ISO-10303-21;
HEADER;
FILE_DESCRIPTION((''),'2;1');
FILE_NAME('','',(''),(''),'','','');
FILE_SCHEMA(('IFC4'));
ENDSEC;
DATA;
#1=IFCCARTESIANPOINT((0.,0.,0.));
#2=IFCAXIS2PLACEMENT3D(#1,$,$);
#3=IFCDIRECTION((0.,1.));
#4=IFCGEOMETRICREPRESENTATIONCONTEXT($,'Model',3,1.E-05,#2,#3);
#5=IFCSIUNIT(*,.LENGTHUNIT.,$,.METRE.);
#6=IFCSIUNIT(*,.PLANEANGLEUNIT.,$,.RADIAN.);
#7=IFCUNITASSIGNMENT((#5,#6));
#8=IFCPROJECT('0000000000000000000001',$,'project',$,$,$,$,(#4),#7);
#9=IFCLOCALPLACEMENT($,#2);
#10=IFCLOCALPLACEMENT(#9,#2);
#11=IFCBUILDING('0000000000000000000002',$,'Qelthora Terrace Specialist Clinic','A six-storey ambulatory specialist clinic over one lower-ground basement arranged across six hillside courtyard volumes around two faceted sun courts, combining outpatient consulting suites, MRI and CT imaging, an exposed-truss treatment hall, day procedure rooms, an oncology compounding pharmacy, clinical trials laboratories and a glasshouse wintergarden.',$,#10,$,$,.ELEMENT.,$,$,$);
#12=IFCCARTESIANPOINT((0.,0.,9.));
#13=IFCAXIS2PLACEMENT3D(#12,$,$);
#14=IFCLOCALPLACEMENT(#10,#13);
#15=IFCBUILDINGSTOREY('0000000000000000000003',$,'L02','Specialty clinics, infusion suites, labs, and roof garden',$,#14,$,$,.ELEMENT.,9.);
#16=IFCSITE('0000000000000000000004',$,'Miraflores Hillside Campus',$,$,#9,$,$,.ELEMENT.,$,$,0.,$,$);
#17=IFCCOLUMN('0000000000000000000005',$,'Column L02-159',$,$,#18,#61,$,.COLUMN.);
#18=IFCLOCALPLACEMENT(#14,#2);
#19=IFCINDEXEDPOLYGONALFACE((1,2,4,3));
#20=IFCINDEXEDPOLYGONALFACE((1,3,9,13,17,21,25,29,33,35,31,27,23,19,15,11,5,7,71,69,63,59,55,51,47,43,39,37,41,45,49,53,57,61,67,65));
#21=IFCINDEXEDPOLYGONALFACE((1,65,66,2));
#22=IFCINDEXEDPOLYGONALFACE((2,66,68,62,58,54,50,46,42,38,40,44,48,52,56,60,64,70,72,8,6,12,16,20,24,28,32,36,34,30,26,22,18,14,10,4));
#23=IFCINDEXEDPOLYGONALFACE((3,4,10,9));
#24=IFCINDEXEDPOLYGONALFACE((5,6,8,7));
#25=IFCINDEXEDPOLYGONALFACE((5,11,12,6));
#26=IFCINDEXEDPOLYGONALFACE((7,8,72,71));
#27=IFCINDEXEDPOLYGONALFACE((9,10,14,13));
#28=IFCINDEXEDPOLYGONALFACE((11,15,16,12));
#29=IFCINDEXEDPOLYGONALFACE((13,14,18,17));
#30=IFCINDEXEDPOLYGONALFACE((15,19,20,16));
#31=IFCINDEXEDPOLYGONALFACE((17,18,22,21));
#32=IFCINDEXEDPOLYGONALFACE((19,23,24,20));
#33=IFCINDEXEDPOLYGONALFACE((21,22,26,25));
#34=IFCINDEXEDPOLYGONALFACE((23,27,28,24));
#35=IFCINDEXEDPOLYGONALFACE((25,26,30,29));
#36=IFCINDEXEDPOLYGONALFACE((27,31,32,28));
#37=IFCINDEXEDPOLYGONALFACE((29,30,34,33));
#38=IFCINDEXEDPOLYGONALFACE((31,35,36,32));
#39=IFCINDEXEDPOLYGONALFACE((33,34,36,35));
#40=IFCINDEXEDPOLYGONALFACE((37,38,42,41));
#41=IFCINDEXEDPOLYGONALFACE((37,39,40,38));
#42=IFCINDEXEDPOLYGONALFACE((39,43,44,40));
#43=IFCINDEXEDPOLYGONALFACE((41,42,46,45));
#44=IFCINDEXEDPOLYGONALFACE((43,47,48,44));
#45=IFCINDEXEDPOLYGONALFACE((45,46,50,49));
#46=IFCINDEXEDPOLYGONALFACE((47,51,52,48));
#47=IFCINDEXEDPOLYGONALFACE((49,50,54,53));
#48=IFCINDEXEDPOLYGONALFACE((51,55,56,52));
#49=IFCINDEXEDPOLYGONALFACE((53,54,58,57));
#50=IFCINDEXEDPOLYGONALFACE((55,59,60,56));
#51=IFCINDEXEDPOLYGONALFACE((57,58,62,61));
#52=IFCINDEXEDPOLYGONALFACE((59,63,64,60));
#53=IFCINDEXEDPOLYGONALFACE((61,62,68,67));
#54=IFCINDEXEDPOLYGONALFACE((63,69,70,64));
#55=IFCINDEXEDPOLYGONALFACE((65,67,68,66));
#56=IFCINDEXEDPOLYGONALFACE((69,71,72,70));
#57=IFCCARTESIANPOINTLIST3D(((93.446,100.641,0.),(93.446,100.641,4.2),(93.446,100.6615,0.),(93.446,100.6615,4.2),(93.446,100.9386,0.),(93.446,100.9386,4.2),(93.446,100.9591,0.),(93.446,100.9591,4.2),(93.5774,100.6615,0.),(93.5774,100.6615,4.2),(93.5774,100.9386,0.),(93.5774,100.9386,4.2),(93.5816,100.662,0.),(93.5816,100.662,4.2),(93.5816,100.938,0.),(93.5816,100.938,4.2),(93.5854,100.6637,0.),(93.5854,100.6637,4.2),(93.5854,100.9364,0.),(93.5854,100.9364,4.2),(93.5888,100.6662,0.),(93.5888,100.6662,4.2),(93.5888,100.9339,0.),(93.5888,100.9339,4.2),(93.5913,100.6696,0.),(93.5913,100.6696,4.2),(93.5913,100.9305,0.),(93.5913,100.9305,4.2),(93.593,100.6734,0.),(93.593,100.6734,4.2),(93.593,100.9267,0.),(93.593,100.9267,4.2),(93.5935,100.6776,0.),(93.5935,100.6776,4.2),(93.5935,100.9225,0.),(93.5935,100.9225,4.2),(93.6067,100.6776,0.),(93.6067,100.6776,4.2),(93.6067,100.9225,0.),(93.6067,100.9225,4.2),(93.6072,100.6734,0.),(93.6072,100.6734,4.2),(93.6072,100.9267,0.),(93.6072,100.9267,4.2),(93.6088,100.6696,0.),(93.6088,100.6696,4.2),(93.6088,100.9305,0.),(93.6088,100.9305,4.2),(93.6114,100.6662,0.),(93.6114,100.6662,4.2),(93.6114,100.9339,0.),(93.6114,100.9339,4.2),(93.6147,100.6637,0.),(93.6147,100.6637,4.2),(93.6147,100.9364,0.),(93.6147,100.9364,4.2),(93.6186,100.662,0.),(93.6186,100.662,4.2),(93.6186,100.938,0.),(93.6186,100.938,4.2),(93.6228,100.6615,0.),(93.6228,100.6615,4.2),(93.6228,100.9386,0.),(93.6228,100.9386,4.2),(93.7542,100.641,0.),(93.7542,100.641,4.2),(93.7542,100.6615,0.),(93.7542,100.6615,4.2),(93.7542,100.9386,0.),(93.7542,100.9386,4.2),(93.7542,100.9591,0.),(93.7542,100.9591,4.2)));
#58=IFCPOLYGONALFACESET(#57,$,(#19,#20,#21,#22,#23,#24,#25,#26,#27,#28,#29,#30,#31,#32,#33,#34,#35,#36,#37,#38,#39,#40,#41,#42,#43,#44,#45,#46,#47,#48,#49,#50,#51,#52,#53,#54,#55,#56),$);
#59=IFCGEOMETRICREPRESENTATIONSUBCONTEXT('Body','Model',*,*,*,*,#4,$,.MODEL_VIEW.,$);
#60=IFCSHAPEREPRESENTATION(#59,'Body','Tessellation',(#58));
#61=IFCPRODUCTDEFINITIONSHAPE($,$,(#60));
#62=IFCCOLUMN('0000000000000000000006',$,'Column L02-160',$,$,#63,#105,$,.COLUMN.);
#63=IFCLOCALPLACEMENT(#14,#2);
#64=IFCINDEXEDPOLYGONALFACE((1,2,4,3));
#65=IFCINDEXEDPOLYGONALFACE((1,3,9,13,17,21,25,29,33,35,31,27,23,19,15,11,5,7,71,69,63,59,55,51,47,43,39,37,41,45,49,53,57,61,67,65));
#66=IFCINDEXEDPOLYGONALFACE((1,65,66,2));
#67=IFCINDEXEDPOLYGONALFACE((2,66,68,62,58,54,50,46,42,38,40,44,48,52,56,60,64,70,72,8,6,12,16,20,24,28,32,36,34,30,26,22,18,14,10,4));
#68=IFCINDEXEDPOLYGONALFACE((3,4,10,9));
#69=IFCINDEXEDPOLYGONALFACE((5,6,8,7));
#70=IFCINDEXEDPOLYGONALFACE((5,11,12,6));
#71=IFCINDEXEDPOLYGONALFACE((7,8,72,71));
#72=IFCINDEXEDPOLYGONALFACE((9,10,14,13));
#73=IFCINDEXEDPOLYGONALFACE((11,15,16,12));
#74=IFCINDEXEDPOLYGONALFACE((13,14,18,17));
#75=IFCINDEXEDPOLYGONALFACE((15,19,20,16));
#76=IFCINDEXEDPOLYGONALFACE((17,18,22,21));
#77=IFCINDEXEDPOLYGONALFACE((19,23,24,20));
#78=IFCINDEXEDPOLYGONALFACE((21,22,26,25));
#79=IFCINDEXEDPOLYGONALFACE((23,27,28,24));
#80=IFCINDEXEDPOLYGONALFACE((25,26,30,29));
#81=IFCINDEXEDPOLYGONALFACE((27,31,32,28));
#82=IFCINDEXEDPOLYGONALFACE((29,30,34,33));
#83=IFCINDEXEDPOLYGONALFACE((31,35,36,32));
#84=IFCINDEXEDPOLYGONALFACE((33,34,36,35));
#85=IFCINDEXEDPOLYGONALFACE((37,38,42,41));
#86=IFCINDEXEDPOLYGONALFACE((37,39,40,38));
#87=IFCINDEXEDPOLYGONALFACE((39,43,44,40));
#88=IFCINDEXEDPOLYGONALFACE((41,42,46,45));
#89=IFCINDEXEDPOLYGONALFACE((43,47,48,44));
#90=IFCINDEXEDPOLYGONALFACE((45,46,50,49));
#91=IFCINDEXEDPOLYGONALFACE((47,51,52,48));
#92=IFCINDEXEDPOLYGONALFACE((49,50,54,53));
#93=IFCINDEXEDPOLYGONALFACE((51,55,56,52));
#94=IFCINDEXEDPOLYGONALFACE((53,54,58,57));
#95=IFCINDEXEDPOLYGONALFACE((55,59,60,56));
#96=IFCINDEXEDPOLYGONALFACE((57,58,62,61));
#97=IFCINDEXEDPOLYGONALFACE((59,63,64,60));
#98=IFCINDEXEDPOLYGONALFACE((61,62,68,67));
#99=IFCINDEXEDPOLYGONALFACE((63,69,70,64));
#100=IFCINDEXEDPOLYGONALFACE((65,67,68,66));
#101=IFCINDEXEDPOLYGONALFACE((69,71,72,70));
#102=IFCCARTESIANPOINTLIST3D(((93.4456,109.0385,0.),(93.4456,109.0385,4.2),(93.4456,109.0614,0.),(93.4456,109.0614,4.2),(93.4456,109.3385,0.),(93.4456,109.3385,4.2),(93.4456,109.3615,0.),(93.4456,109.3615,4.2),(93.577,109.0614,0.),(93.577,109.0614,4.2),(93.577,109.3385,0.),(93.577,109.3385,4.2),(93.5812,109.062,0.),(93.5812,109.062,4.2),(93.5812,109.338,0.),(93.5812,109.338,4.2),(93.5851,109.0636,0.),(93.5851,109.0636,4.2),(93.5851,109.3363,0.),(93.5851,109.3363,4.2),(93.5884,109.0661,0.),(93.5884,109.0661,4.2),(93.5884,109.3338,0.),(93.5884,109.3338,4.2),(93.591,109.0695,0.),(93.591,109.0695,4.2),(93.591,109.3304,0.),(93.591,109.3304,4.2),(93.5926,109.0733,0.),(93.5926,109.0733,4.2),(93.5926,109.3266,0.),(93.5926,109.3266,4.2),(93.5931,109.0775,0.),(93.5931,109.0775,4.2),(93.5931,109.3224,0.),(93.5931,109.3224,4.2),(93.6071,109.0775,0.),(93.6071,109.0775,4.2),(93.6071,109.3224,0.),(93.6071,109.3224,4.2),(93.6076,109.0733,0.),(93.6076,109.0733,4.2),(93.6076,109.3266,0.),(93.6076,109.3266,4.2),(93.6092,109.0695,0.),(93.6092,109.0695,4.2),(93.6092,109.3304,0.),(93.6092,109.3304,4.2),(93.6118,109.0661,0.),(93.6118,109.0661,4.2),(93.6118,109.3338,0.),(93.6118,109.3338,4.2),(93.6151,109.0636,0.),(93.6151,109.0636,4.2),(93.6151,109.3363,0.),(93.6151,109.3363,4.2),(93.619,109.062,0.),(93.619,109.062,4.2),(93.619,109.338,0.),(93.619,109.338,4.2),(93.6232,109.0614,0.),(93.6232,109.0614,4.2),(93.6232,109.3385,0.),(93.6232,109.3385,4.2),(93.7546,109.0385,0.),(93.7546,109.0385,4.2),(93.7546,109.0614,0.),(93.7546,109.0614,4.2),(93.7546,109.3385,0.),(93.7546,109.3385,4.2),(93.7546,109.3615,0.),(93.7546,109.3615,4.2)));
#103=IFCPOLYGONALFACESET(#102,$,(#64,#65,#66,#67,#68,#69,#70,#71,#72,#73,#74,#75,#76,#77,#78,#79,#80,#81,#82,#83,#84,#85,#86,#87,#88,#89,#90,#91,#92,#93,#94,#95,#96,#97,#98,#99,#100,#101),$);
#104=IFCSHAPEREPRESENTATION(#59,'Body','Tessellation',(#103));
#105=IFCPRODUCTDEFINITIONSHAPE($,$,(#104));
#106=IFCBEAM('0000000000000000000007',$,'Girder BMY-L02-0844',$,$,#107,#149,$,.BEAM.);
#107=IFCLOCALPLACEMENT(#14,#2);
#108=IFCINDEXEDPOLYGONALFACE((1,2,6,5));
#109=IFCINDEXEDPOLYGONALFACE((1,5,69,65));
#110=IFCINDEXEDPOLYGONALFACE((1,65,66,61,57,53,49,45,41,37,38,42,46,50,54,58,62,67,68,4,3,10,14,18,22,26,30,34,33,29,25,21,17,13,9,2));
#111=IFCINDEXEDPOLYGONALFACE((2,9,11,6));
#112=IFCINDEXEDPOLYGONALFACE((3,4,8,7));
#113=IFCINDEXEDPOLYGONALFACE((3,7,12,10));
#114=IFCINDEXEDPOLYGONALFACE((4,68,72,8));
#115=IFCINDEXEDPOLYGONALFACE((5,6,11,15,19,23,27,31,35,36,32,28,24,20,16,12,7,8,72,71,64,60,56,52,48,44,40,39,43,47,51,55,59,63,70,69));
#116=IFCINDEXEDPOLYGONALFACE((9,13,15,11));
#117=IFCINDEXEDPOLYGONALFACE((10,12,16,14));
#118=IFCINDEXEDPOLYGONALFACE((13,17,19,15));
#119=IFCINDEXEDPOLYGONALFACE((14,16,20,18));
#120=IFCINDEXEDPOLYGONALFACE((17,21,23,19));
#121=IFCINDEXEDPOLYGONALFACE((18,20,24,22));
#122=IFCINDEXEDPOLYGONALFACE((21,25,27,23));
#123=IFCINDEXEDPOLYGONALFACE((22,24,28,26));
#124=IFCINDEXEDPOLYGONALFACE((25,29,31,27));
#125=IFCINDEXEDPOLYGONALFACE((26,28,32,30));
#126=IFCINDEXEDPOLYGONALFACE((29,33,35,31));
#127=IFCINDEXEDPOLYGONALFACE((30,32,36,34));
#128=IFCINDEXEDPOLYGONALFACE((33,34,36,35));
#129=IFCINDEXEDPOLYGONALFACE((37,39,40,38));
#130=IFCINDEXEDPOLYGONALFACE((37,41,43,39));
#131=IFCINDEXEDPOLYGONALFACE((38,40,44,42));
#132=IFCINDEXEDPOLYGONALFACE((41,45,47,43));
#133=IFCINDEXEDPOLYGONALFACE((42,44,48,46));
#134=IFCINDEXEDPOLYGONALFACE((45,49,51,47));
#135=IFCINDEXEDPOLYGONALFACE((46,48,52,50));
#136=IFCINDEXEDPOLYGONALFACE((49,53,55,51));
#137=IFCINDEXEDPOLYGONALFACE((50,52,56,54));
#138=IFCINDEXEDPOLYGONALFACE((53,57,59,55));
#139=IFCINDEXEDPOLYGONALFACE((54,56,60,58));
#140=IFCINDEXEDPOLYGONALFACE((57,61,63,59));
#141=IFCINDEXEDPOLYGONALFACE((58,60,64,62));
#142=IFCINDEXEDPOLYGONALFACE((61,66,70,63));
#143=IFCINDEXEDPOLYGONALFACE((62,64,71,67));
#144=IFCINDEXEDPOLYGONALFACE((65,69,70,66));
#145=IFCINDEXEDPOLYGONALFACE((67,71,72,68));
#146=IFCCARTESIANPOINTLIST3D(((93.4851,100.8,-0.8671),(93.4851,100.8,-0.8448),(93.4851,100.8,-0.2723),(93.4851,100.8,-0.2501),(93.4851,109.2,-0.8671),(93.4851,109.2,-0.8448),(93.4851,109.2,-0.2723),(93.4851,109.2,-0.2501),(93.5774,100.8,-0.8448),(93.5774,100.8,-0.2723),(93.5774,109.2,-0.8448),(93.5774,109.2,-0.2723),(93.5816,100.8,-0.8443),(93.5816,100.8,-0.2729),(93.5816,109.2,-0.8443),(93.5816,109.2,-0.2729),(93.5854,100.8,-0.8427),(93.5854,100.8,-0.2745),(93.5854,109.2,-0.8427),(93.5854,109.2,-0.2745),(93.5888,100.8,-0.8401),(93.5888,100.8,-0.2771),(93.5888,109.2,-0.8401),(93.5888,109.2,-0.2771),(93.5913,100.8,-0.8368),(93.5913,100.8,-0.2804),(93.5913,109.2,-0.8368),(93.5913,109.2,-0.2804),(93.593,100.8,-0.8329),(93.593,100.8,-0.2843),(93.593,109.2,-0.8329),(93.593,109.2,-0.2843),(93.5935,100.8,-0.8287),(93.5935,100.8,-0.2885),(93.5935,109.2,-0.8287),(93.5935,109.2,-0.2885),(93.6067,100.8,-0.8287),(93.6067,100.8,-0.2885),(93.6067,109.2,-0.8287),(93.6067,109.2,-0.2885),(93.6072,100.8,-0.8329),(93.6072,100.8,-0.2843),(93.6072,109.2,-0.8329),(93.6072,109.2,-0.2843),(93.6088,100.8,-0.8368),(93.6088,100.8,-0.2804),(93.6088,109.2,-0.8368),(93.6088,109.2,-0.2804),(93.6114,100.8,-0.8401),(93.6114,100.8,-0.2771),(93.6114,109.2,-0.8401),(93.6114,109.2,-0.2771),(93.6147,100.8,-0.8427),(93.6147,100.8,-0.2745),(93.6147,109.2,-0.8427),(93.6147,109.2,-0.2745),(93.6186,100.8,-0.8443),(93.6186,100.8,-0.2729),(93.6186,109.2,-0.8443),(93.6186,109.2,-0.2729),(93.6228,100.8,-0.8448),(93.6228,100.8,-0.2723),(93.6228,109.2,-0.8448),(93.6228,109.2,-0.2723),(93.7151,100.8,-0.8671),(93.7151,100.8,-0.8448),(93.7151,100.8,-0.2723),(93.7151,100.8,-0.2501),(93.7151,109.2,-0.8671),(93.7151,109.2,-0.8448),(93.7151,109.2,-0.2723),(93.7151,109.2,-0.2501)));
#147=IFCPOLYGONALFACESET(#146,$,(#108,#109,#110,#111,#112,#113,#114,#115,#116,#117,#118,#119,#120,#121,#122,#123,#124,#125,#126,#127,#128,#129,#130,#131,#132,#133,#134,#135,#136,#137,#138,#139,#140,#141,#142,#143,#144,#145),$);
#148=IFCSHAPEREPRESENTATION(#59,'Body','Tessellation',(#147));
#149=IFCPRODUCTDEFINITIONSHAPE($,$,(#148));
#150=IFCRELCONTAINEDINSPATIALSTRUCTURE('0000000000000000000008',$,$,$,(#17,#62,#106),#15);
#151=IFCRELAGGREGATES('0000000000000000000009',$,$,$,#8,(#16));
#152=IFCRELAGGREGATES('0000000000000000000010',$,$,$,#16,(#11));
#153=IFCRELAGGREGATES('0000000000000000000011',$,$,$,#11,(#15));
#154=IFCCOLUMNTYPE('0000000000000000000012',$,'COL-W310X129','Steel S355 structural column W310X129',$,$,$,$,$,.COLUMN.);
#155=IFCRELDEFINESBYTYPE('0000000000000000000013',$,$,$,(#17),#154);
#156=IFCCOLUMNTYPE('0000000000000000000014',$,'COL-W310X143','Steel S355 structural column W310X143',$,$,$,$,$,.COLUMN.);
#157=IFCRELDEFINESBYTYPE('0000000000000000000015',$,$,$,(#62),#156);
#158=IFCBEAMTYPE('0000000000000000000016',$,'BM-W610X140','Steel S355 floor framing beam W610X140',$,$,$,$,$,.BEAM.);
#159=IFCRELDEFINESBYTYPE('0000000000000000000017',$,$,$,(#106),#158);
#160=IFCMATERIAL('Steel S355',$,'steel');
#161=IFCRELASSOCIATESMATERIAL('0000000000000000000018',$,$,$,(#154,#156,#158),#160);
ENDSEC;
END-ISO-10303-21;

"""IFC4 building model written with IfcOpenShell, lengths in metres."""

from ifc_helpers import new_model, si_unit, direction, frame, origin, origin_2d, place, context, subcontext, project, spatial, i_section, extrude, material, material_profile, profile_set, type_object, element, save


model = new_model("IFC4")

# Units and contexts
model_context = context("Model", 3, precision=1e-05, world=origin(), true_north=direction((0.0, 1.0)))
body_context = subcontext(model_context, "Body", "Model", "MODEL_VIEW")
ifc_project = project(units=[si_unit("LENGTHUNIT", "METRE"), si_unit("PLANEANGLEUNIT", "RADIAN")], contexts=[model_context])

# Site, building, storey
site_placement = place(None, origin())
site = spatial("IfcSite", under=ifc_project, at=site_placement, Name="Miraflores Hillside Campus", CompositionType="ELEMENT", RefElevation=0.0)
building_placement = place(site_placement, origin())
building = spatial("IfcBuilding", under=site, at=building_placement, Name="Qelthora Terrace Specialist Clinic", Description="A six-storey ambulatory specialist clinic over one lower-ground basement arranged across six hillside courtyard volumes around two faceted sun courts, combining outpatient consulting suites, MRI and CT imaging, an exposed-truss treatment hall, day procedure rooms, an oncology compounding pharmacy, clinical trials laboratories and a glasshouse wintergarden.", CompositionType="ELEMENT")
storey_placement = place(building_placement, frame((0.0, 0.0, 9.0)))
storey = spatial("IfcBuildingStorey", under=building, at=storey_placement, Name="L02", Description="Specialty clinics, infusion suites, labs, and roof garden", CompositionType="ELEMENT", Elevation=9.0)

# Columns
ifc_material_1 = material(Name="Steel S355", Category="steel")
ifc_material_profile_1 = material_profile(ifc_material_1, i_section(OverallWidth=0.3081, OverallDepth=0.3181, WebThickness=0.0132, FlangeThickness=0.0205, FilletRadius=0.0161, at=origin_2d()), Name="W310X129")
ifc_profile_set_1 = profile_set([ifc_material_profile_1], Name="Steel S355")
column_type_1 = type_object("IfcColumnType", Name="COL-W310X129", Description="Steel S355 structural column W310X129", PredefinedType="COLUMN", material=ifc_profile_set_1)
column_1_placement = place(storey_placement, frame((93.6001, 100.8, 0.0), z_axis=(0.0, 0.0, 1.0), x_axis=(1.0, 0.0, 0.0)))
element("IfcColumn", 1, at=column_1_placement, inside=storey, type_object=column_type_1, Name="Column L02-159", PredefinedType="COLUMN", context=body_context, shape_type="SweptSolid", body=[
    extrude(i_section(OverallWidth=0.3081, OverallDepth=0.3181, WebThickness=0.0132, FlangeThickness=0.0205, FilletRadius=0.0161, at=origin_2d()), origin(), (0.0, 0.0, 1.0), 4.2),
])
ifc_material_profile_2 = material_profile(ifc_material_1, i_section(OverallWidth=0.3091, OverallDepth=0.323, WebThickness=0.0139, FlangeThickness=0.0229, FilletRadius=0.0161, at=origin_2d()), Name="W310X143")
ifc_profile_set_2 = profile_set([ifc_material_profile_2], Name="Steel S355")
column_type_2 = type_object("IfcColumnType", Name="COL-W310X143", Description="Steel S355 structural column W310X143", PredefinedType="COLUMN", material=ifc_profile_set_2)
column_2_placement = place(storey_placement, frame((93.6001, 109.2, 0.0), z_axis=(0.0, 0.0, 1.0), x_axis=(1.0, 0.0, 0.0)))
element("IfcColumn", 2, at=column_2_placement, inside=storey, type_object=column_type_2, Name="Column L02-160", PredefinedType="COLUMN", context=body_context, shape_type="SweptSolid", body=[
    extrude(i_section(OverallWidth=0.3091, OverallDepth=0.323, WebThickness=0.0139, FlangeThickness=0.0229, FilletRadius=0.0161, at=origin_2d()), origin(), (0.0, 0.0, 1.0), 4.2),
])

# Beam
ifc_material_profile_3 = material_profile(ifc_material_1, i_section(OverallWidth=0.23, OverallDepth=0.6169, WebThickness=0.0132, FlangeThickness=0.0222, FilletRadius=0.0161, at=origin_2d()), Name="W610X140")
ifc_profile_set_3 = profile_set([ifc_material_profile_3], Name="Steel S355")
beam_type_1 = type_object("IfcBeamType", Name="BM-W610X140", Description="Steel S355 floor framing beam W610X140", PredefinedType="BEAM", material=ifc_profile_set_3)
beam_1_placement = place(storey_placement, frame((93.6001, 100.8, -0.5586), z_axis=(0.0, 1.0, 0.0), x_axis=(-1.0, 0.0, 0.0)))
element("IfcBeam", 3, at=beam_1_placement, inside=storey, type_object=beam_type_1, Name="Girder BMY-L02-0844", PredefinedType="BEAM", context=body_context, shape_type="SweptSolid", body=[
    extrude(i_section(OverallWidth=0.23, OverallDepth=0.6169, WebThickness=0.0132, FlangeThickness=0.0222, FilletRadius=0.0161, at=origin_2d()), origin(), (0.0, 0.0, 1.0), 8.3999),
])

save(model, "model.ifc")
